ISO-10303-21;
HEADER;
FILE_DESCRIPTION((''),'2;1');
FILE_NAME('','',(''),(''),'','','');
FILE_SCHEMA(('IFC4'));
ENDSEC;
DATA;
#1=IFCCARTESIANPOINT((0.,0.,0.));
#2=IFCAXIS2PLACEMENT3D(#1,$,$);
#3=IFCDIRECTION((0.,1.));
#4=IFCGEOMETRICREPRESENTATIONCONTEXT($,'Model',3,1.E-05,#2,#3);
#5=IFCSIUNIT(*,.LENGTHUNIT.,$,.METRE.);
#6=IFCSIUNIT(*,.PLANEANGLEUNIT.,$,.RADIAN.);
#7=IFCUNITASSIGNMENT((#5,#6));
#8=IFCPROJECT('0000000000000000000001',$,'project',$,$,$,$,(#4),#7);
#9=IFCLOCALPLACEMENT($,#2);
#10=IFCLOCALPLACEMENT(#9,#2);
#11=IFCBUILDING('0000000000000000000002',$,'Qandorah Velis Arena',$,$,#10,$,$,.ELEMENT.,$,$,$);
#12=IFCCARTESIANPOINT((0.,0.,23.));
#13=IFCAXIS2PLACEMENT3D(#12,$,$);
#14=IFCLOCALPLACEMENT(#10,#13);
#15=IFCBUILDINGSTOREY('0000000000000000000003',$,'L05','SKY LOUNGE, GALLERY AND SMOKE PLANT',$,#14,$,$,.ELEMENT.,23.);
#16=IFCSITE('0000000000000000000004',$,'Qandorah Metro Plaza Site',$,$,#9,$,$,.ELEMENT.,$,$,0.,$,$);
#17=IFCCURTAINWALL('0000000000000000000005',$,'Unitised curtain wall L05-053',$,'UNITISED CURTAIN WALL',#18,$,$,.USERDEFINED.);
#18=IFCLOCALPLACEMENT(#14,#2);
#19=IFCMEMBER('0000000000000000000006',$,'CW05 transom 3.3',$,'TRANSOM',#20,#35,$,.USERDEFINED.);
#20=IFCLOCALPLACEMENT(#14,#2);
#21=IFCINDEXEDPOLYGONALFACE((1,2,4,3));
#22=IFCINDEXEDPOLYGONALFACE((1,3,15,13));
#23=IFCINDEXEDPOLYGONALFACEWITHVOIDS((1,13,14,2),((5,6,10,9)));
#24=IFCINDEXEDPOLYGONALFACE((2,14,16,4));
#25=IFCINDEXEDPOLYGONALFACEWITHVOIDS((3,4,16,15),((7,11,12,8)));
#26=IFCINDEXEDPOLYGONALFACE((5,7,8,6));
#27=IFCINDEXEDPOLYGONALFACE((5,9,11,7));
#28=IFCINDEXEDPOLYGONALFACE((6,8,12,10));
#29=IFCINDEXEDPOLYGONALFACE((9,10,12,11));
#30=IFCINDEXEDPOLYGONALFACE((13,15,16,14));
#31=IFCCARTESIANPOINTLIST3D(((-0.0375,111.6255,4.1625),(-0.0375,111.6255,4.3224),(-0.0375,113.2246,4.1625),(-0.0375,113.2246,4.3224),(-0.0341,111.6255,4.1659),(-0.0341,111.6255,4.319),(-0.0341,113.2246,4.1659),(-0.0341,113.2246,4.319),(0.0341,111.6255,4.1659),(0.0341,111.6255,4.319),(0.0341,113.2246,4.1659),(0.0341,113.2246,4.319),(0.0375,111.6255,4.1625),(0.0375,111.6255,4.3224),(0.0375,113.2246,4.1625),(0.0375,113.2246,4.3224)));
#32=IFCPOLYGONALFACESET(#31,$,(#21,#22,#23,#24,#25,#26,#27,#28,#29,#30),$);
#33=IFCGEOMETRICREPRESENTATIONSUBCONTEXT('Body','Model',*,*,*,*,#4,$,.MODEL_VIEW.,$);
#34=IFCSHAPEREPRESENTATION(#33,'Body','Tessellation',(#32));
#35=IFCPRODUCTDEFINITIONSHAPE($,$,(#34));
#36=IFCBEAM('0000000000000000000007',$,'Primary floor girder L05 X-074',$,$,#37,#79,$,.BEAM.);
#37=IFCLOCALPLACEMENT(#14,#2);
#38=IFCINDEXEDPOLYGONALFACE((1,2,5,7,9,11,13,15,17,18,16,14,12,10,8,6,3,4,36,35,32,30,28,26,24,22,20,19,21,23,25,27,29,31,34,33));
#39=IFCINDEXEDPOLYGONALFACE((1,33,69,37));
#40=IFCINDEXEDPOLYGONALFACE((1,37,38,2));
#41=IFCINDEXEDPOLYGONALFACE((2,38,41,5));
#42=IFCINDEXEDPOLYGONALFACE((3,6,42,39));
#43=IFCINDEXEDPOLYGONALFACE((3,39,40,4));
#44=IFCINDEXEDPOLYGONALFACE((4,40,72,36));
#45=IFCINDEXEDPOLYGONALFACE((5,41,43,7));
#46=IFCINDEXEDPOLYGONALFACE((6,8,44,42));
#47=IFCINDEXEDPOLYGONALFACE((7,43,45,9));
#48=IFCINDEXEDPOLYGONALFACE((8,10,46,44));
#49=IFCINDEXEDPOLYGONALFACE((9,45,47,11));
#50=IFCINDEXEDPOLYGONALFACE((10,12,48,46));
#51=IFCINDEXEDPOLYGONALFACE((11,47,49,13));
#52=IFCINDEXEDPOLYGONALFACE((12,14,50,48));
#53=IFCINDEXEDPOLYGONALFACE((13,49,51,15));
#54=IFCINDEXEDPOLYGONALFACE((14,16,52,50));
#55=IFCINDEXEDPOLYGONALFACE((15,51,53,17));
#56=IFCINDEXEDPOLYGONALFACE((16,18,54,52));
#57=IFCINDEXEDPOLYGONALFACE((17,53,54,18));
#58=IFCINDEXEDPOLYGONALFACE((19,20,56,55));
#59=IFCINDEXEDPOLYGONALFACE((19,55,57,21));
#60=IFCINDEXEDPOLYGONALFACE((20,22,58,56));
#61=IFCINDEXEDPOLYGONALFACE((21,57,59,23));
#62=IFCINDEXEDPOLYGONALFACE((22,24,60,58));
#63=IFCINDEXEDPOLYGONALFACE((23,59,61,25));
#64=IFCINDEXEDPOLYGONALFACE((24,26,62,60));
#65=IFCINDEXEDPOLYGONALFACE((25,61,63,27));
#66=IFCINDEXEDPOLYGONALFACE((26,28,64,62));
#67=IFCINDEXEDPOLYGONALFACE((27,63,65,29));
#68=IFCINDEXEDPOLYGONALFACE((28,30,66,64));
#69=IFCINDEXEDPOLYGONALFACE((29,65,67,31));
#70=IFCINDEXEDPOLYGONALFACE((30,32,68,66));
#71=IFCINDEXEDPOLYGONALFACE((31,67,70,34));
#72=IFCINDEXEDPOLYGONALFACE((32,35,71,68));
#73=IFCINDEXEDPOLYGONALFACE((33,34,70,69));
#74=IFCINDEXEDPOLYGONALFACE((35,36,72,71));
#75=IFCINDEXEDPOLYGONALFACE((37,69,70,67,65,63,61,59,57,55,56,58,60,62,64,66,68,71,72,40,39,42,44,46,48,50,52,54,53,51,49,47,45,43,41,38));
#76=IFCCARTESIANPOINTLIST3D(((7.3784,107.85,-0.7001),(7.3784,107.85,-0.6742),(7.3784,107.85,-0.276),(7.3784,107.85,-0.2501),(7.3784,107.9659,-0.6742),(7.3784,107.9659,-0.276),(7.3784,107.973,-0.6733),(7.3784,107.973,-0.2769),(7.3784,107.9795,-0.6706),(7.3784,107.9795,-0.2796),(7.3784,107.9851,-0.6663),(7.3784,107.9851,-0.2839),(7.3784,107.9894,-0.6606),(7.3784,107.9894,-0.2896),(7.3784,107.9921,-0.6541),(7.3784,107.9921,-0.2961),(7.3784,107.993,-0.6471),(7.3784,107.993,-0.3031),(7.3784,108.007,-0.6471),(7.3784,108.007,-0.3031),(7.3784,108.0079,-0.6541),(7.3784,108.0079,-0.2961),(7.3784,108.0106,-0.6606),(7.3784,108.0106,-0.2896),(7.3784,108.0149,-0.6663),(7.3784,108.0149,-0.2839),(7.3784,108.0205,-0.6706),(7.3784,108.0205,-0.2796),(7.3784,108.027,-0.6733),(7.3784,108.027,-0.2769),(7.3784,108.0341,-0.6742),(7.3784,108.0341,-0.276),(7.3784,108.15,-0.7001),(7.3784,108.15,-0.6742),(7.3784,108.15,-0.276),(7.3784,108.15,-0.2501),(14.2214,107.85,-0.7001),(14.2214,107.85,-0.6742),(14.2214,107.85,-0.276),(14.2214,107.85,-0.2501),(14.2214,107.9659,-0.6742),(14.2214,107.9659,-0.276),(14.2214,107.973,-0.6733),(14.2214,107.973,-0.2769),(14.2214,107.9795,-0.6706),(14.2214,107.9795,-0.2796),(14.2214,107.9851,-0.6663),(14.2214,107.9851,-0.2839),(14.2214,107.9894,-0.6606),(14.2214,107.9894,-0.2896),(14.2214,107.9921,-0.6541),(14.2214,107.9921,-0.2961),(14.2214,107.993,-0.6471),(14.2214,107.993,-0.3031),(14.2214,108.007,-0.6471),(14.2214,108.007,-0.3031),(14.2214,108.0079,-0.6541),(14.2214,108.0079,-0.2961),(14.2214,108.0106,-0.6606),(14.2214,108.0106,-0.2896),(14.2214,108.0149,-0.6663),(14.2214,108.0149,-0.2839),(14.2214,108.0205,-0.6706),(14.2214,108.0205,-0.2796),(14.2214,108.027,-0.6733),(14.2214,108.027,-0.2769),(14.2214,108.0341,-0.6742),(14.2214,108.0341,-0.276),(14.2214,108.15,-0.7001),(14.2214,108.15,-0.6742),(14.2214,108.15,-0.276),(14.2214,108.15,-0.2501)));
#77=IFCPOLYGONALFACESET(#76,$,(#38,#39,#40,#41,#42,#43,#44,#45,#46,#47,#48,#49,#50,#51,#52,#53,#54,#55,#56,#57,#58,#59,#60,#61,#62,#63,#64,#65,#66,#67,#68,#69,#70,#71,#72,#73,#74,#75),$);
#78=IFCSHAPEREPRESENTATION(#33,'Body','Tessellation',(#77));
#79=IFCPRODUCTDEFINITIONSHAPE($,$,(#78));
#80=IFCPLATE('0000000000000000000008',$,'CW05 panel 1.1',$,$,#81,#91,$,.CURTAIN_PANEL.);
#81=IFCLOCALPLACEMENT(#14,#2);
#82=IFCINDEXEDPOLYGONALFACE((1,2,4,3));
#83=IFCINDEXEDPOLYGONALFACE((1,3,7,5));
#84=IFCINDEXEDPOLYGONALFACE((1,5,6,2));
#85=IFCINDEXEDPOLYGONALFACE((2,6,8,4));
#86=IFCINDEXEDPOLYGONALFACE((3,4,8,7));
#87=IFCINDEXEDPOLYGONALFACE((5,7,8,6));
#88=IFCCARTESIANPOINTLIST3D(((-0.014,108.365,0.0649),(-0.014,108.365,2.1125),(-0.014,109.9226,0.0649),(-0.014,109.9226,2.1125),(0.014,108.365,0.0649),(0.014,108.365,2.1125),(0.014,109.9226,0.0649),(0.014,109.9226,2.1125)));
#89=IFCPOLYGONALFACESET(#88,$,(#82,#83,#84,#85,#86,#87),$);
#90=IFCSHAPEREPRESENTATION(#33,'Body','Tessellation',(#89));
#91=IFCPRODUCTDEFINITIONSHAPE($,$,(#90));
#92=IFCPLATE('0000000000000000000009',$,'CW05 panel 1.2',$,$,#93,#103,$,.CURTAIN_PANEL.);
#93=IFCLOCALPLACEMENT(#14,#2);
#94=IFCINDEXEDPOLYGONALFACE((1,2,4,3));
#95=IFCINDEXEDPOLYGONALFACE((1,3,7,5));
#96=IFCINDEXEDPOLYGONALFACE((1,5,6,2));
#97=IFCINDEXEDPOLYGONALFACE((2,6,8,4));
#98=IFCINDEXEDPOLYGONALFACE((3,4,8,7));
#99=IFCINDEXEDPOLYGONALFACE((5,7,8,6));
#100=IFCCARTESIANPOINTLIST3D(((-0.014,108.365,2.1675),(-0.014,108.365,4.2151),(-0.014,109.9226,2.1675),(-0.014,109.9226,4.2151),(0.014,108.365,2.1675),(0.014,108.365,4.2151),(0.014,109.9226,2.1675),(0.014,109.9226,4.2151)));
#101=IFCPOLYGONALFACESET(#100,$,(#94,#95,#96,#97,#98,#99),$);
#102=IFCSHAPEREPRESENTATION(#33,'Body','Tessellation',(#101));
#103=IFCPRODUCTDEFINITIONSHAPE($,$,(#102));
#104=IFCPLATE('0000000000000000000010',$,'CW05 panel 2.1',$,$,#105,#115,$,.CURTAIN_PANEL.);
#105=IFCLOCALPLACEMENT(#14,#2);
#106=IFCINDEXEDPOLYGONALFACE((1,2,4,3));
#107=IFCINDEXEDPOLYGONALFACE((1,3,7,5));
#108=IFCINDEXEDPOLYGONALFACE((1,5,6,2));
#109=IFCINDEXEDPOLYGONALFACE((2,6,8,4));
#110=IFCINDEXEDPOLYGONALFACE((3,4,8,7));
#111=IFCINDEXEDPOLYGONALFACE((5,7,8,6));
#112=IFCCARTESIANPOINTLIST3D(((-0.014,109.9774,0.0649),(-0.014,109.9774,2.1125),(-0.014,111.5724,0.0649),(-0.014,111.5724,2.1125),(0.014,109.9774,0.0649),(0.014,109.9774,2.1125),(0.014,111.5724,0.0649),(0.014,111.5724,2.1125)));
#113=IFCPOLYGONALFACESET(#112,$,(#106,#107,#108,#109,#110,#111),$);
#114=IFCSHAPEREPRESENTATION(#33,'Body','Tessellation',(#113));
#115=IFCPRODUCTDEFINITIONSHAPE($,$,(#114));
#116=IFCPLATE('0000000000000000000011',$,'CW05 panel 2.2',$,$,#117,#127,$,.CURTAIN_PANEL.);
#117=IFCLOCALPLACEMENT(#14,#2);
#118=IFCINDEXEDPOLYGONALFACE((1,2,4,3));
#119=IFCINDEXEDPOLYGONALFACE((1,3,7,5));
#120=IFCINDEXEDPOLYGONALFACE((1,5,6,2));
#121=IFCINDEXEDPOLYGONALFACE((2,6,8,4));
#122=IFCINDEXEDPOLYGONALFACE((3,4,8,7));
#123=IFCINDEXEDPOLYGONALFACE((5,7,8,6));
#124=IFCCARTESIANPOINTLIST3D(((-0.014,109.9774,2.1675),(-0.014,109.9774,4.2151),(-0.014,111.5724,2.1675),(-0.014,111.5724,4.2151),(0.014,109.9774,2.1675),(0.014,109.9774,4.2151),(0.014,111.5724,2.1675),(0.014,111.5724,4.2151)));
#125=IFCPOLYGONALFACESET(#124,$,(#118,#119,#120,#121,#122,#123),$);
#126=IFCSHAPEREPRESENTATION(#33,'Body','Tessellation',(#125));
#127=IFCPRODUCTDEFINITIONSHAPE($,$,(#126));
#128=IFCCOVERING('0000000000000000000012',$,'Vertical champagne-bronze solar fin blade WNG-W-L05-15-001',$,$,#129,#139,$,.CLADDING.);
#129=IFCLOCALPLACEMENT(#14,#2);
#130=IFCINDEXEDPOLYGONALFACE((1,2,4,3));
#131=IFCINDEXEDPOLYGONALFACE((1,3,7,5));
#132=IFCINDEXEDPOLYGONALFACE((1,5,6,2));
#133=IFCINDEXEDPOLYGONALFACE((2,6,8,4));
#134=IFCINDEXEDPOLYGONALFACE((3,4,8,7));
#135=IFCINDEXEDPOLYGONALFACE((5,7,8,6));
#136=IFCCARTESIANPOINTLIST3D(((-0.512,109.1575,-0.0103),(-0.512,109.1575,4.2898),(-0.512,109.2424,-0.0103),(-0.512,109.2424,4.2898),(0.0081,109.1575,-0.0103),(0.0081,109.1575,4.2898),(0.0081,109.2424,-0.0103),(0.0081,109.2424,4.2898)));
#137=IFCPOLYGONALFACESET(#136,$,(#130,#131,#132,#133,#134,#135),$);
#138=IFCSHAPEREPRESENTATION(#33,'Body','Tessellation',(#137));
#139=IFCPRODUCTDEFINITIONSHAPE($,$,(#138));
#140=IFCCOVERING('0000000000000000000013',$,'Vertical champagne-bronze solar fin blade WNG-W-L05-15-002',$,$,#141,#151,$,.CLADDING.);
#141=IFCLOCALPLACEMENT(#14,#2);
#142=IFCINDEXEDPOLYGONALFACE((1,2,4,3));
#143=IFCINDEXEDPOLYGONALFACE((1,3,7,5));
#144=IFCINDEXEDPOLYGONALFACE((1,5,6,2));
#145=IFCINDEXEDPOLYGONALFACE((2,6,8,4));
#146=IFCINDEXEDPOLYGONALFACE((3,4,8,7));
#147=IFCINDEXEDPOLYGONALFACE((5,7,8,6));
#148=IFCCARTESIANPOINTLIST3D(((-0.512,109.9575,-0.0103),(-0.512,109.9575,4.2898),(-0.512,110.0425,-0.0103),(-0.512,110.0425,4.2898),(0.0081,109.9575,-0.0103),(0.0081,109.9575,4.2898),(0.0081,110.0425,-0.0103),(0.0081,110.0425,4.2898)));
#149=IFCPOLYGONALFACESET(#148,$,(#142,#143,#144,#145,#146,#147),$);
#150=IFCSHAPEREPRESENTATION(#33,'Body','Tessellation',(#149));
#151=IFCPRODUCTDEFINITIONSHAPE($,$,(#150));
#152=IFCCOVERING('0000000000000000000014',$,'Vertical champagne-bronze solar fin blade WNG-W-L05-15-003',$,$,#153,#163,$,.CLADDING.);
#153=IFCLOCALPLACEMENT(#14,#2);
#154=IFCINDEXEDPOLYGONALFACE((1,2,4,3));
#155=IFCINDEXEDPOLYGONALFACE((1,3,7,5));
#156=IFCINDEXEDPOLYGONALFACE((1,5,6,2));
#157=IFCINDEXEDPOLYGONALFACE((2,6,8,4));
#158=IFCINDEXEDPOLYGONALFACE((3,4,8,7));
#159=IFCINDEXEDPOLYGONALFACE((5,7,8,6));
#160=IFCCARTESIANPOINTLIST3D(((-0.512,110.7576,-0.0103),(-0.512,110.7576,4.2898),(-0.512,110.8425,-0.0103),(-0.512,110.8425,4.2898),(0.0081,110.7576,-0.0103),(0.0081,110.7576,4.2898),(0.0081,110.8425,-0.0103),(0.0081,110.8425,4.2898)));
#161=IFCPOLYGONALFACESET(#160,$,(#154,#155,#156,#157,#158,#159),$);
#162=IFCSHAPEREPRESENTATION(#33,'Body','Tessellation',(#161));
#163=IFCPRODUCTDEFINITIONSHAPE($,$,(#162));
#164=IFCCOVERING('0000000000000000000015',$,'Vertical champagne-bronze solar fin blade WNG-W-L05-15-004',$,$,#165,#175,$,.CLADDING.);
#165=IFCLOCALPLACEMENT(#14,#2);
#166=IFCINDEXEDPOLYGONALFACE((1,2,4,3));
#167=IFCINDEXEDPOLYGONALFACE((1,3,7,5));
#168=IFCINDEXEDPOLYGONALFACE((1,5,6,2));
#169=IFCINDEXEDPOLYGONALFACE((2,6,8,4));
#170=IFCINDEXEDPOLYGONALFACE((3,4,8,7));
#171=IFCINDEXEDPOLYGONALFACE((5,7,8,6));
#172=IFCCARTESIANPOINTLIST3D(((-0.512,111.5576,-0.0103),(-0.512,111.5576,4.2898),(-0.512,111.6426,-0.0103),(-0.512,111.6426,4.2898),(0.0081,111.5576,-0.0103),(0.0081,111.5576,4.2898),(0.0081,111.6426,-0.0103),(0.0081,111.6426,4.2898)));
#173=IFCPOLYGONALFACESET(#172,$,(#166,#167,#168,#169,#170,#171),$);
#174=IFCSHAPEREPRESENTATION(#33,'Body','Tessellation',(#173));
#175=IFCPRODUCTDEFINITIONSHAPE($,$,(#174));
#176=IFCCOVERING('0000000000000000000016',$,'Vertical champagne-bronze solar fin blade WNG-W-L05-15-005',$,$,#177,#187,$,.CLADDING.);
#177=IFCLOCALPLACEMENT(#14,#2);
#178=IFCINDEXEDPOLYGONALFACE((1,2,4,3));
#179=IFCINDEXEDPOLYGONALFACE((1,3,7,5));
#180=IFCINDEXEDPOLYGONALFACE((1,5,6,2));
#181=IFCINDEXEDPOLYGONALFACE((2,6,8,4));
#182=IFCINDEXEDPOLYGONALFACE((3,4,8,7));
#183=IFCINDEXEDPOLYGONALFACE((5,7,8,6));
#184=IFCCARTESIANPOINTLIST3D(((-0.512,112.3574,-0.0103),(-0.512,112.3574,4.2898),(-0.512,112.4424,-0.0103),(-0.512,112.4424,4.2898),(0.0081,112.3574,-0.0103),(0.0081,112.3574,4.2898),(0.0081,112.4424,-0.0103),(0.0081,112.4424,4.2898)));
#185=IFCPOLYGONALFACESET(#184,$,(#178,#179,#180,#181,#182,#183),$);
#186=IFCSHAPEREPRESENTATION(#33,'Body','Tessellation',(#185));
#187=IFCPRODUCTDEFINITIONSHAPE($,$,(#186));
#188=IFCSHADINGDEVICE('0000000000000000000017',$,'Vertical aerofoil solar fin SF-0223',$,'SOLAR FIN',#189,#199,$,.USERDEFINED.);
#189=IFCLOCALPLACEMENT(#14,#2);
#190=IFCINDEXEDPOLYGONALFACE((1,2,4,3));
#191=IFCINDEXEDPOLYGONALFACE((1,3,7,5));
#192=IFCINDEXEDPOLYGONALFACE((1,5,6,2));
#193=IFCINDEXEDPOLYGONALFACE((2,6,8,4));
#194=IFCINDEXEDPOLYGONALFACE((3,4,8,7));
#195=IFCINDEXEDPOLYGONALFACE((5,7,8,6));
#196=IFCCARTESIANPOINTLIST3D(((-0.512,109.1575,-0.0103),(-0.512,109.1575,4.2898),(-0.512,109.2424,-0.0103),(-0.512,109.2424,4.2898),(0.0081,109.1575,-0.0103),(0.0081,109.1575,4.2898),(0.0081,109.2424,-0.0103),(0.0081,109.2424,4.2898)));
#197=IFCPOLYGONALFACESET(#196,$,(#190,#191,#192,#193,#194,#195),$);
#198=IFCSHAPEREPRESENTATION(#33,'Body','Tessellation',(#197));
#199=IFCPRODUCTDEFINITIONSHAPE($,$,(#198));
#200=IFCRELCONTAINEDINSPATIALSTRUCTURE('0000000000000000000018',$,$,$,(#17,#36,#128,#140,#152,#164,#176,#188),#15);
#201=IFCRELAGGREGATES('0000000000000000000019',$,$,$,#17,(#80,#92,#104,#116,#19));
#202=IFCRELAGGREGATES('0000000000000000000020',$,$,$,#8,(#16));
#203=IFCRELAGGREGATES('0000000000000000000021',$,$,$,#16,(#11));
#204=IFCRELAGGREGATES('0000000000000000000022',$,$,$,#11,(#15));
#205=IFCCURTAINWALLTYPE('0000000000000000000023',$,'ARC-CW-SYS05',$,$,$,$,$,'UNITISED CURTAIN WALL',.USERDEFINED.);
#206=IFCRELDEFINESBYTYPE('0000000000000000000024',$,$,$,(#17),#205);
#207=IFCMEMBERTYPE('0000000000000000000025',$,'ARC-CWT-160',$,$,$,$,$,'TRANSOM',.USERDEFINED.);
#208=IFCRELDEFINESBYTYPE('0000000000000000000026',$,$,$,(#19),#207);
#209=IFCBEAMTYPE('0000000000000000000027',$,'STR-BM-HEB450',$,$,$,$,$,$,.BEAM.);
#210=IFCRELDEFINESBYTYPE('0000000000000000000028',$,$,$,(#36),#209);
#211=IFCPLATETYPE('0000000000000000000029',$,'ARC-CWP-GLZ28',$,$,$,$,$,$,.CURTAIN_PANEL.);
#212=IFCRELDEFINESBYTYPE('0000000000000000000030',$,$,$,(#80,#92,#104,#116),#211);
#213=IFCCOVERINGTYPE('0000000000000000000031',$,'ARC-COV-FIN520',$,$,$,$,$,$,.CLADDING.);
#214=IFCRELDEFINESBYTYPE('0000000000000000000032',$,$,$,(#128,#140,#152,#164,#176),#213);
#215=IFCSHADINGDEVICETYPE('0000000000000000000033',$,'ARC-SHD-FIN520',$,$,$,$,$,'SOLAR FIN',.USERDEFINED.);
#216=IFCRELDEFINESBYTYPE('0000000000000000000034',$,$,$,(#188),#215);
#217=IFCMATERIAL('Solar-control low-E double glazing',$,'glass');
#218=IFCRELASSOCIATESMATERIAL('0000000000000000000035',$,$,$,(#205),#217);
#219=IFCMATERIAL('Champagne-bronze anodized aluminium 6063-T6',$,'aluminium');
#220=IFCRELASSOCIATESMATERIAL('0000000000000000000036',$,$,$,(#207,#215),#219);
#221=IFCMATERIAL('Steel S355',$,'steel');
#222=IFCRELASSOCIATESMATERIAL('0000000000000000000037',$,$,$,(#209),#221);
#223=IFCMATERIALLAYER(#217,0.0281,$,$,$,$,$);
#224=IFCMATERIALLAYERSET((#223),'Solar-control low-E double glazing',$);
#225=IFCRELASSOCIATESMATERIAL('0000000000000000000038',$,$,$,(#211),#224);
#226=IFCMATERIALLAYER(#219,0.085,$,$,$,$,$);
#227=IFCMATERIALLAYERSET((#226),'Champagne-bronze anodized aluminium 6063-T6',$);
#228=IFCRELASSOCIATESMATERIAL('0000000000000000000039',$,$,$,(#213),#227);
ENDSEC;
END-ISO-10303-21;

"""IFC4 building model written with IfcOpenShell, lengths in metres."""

from ifc_helpers import new_model, si_unit, direction, frame, origin, origin_2d, place, context, subcontext, project, spatial, rectangle, hollow_rectangle, i_section, extrude, material, layer, layer_set, material_profile, profile_set, type_object, element, aggregate, save


model = new_model("IFC4")

# Units and contexts
model_context = context("Model", 3, precision=1e-05, world=origin(), true_north=direction((0.0, 1.0)))
body_context = subcontext(model_context, "Body", "Model", "MODEL_VIEW")
ifc_project = project(units=[si_unit("LENGTHUNIT", "METRE"), si_unit("PLANEANGLEUNIT", "RADIAN")], contexts=[model_context])

# Site, building, storey
site_placement = place(None, origin())
site = spatial("IfcSite", under=ifc_project, at=site_placement, Name="Qandorah Metro Plaza Site", CompositionType="ELEMENT", RefElevation=0.0)
building_placement = place(site_placement, origin())
building = spatial("IfcBuilding", under=site, at=building_placement, Name="Qandorah Velis Arena", CompositionType="ELEMENT")
storey_placement = place(building_placement, frame((0.0, 0.0, 23.0)))
storey = spatial("IfcBuildingStorey", under=building, at=storey_placement, Name="L05", Description="SKY LOUNGE, GALLERY AND SMOKE PLANT", CompositionType="ELEMENT", Elevation=23.0)

# Curtain wall, member
ifc_material_1 = material(Name="Solar-control low-E double glazing", Category="glass")
curtain_wall_type = type_object("IfcCurtainWallType", Name="ARC-CW-SYS05", ElementType="UNITISED CURTAIN WALL", PredefinedType="USERDEFINED", material=ifc_material_1)
curtain_wall_placement = place(storey_placement, origin())
curtain_wall = element("IfcCurtainWall", 1, at=curtain_wall_placement, inside=storey, type_object=curtain_wall_type, Name="Unitised curtain wall L05-053", ObjectType="UNITISED CURTAIN WALL", PredefinedType="USERDEFINED")
ifc_material_2 = material(Name="Champagne-bronze anodized aluminium 6063-T6", Category="aluminium")
ifc_material_profile_1 = material_profile(ifc_material_2, hollow_rectangle(XDim=0.075, YDim=0.1599, WallThickness=0.0034, at=origin_2d()), Name="ALU TRANSOM 75x160")
ifc_profile_set_1 = profile_set([ifc_material_profile_1], Name="Champagne-bronze anodized aluminium 6063-T6")
member_type_1 = type_object("IfcMemberType", Name="ARC-CWT-160", ElementType="TRANSOM", PredefinedType="USERDEFINED", material=ifc_profile_set_1)
member_1_placement = place(storey_placement, frame((0.0, 111.6255, 4.2424), z_axis=(0.0, 1.0, 0.0), x_axis=(-1.0, 0.0, 0.0)))
member_1 = element("IfcMember", 2, at=member_1_placement, type_object=member_type_1, Name="CW05 transom 3.3", ObjectType="TRANSOM", PredefinedType="USERDEFINED", context=body_context, shape_type="SweptSolid", body=[
    extrude(hollow_rectangle(XDim=0.075, YDim=0.1599, WallThickness=0.0034, at=origin_2d()), origin(), (0.0, 0.0, 1.0), 1.5991),
])

# Beam
ifc_material_3 = material(Name="Steel S355", Category="steel")
ifc_material_profile_2 = material_profile(ifc_material_3, i_section(OverallWidth=0.3, OverallDepth=0.45, WebThickness=0.0139, FlangeThickness=0.0259, FilletRadius=0.0271, at=origin_2d()), Name="HEB 450")
ifc_profile_set_2 = profile_set([ifc_material_profile_2], Name="Steel S355")
beam_type = type_object("IfcBeamType", Name="STR-BM-HEB450", PredefinedType="BEAM", material=ifc_profile_set_2)
beam_placement = place(storey_placement, frame((7.3784, 108.0, -0.4751), z_axis=(1.0, 0.0, 0.0), x_axis=(0.0, 1.0, 0.0)))
element("IfcBeam", 3, at=beam_placement, inside=storey, type_object=beam_type, Name="Primary floor girder L05 X-074", PredefinedType="BEAM", context=body_context, shape_type="SweptSolid", body=[
    extrude(i_section(OverallWidth=0.3, OverallDepth=0.45, WebThickness=0.0139, FlangeThickness=0.0259, FilletRadius=0.0271, at=origin_2d()), origin(), (0.0, 0.0, 1.0), 6.843),
])

# Plates
ifc_layer_1 = layer(ifc_material_1, 0.0281)
ifc_layer_set_1 = layer_set([ifc_layer_1], Name="Solar-control low-E double glazing")
plate_type = type_object("IfcPlateType", Name="ARC-CWP-GLZ28", PredefinedType="CURTAIN_PANEL", material=ifc_layer_set_1)
plate_1_placement = place(storey_placement, frame((0.0, 109.1438, 0.0649), z_axis=(0.0, 0.0, 1.0), x_axis=(0.0, 1.0, 0.0)))
plate_1 = element("IfcPlate", 4, at=plate_1_placement, type_object=plate_type, Name="CW05 panel 1.1", PredefinedType="CURTAIN_PANEL", context=body_context, shape_type="SweptSolid", body=[
    extrude(rectangle(XDim=1.5576, YDim=0.0281, at=origin_2d()), origin(), (0.0, 0.0, 1.0), 2.0476),
])
plate_2_placement = place(storey_placement, frame((0.0, 109.1438, 2.1675), z_axis=(0.0, 0.0, 1.0), x_axis=(0.0, 1.0, 0.0)))
plate_2 = element("IfcPlate", 5, at=plate_2_placement, type_object=plate_type, Name="CW05 panel 1.2", PredefinedType="CURTAIN_PANEL", context=body_context, shape_type="SweptSolid", body=[
    extrude(rectangle(XDim=1.5576, YDim=0.0281, at=origin_2d()), origin(), (0.0, 0.0, 1.0), 2.0476),
])
plate_3_placement = place(storey_placement, frame((0.0, 110.7749, 0.0649), z_axis=(0.0, 0.0, 1.0), x_axis=(0.0, 1.0, 0.0)))
plate_3 = element("IfcPlate", 6, at=plate_3_placement, type_object=plate_type, Name="CW05 panel 2.1", PredefinedType="CURTAIN_PANEL", context=body_context, shape_type="SweptSolid", body=[
    extrude(rectangle(XDim=1.595, YDim=0.0281, at=origin_2d()), origin(), (0.0, 0.0, 1.0), 2.0476),
])
plate_4_placement = place(storey_placement, frame((0.0, 110.7749, 2.1675), z_axis=(0.0, 0.0, 1.0), x_axis=(0.0, 1.0, 0.0)))
plate_4 = element("IfcPlate", 7, at=plate_4_placement, type_object=plate_type, Name="CW05 panel 2.2", PredefinedType="CURTAIN_PANEL", context=body_context, shape_type="SweptSolid", body=[
    extrude(rectangle(XDim=1.595, YDim=0.0281, at=origin_2d()), origin(), (0.0, 0.0, 1.0), 2.0476),
])
aggregate(curtain_wall, [plate_1, plate_2, plate_3, plate_4, member_1])

# Coverings
ifc_layer_2 = layer(ifc_material_2, 0.085)
ifc_layer_set_2 = layer_set([ifc_layer_2], Name="Champagne-bronze anodized aluminium 6063-T6")
covering_type = type_object("IfcCoveringType", Name="ARC-COV-FIN520", PredefinedType="CLADDING", material=ifc_layer_set_2)
for number, where, z_axis, x_axis, name in (
    (8, (-0.252, 109.2, -0.0103), (0.0, 0.0, 1.0), (1.0, 0.0, 0.0), "Vertical champagne-bronze solar fin blade WNG-W-L05-15-001"),
    (9, (-0.252, 110.0, -0.0103), (0.0, 0.0, 1.0), (1.0, 0.0, 0.0), "Vertical champagne-bronze solar fin blade WNG-W-L05-15-002"),
    (10, (-0.252, 110.8, -0.0103), (0.0, 0.0, 1.0), (1.0, 0.0, 0.0), "Vertical champagne-bronze solar fin blade WNG-W-L05-15-003"),
    (11, (-0.252, 111.6001, -0.0103), (0.0, 0.0, 1.0), (1.0, 0.0, 0.0), "Vertical champagne-bronze solar fin blade WNG-W-L05-15-004"),
    (12, (-0.252, 112.3999, -0.0103), (0.0, 0.0, 1.0), (1.0, 0.0, 0.0), "Vertical champagne-bronze solar fin blade WNG-W-L05-15-005"),
):
    element("IfcCovering", number, at=place(storey_placement, frame(where, z_axis=z_axis, x_axis=x_axis)), inside=storey, type_object=covering_type, Name=name, PredefinedType="CLADDING", context=body_context, shape_type="SweptSolid", body=[
        extrude(rectangle(XDim=0.52, YDim=0.085, at=origin_2d()), origin(), (0.0, 0.0, 1.0), 4.3),
    ])

# Shading device
shading_device_type = type_object("IfcShadingDeviceType", Name="ARC-SHD-FIN520", ElementType="SOLAR FIN", PredefinedType="USERDEFINED", material=ifc_material_2)
for number, where, z_axis, x_axis, name in (
    (13, (-0.252, 109.2, -0.0103), (0.0, 0.0, 1.0), (1.0, 0.0, 0.0), "Vertical aerofoil solar fin SF-0223"),
):
    element("IfcShadingDevice", number, at=place(storey_placement, frame(where, z_axis=z_axis, x_axis=x_axis)), inside=storey, type_object=shading_device_type, Name=name, ObjectType="SOLAR FIN", PredefinedType="USERDEFINED", context=body_context, shape_type="SweptSolid", body=[
        extrude(rectangle(XDim=0.52, YDim=0.085, at=origin_2d()), origin(), (0.0, 0.0, 1.0), 4.3),
    ])

save(model, "model.ifc")
